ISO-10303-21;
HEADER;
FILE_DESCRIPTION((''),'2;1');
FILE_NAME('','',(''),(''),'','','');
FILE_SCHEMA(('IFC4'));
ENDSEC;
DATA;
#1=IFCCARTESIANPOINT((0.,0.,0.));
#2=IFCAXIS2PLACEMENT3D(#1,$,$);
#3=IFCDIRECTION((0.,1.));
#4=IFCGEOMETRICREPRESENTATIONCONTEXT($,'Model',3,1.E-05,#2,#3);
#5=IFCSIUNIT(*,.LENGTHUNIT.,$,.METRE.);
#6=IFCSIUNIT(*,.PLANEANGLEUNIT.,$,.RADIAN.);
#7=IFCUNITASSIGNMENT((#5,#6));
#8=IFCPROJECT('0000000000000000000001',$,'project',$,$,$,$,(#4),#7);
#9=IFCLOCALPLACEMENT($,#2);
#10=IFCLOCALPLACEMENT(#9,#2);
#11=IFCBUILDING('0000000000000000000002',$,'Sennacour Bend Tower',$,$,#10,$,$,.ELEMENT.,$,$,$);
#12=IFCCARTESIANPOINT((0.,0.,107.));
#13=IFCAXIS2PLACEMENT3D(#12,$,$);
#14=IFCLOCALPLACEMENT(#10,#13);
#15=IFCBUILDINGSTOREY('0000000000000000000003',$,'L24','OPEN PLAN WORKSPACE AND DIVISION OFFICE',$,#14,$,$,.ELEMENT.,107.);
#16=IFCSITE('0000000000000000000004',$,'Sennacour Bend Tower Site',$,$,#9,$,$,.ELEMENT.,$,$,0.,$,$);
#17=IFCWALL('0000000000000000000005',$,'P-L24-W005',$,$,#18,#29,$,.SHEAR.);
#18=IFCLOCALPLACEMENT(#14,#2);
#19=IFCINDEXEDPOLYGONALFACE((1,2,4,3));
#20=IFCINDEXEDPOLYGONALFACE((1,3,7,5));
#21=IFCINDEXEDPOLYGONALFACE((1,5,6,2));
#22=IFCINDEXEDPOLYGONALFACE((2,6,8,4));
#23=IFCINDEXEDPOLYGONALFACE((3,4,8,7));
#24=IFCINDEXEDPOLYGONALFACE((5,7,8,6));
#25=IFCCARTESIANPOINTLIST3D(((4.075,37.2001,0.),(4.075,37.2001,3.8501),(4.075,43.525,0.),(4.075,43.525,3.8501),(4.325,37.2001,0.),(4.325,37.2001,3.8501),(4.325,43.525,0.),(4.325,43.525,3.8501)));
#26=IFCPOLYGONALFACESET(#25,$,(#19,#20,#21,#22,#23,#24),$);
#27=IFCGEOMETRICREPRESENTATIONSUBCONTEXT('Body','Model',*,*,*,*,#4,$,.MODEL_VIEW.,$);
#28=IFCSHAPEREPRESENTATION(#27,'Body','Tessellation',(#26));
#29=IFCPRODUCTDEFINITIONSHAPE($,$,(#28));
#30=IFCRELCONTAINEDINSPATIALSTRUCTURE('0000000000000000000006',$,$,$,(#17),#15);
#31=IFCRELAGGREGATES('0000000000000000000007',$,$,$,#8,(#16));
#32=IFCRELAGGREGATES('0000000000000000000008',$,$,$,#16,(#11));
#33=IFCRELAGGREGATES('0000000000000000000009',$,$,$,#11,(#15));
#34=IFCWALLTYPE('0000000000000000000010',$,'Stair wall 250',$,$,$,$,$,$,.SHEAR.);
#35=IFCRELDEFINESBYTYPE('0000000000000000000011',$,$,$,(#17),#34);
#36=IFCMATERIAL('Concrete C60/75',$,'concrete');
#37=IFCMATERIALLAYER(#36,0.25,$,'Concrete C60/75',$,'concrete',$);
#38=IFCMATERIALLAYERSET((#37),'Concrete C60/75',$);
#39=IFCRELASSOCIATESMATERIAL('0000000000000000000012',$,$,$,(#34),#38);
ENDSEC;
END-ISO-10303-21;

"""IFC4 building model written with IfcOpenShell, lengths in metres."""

from ifc_helpers import new_model, si_unit, direction, frame, frame_2d, origin, place, context, subcontext, project, spatial, rectangle, extrude, material, layer, layer_set, type_object, element, save


model = new_model("IFC4")

# Units and contexts
model_context = context("Model", 3, precision=1e-05, world=origin(), true_north=direction((0.0, 1.0)))
body_context = subcontext(model_context, "Body", "Model", "MODEL_VIEW")
ifc_project = project(units=[si_unit("LENGTHUNIT", "METRE"), si_unit("PLANEANGLEUNIT", "RADIAN")], contexts=[model_context])

# Site, building, storey
site_placement = place(None, origin())
site = spatial("IfcSite", under=ifc_project, at=site_placement, Name="Sennacour Bend Tower Site", CompositionType="ELEMENT", RefElevation=0.0)
building_placement = place(site_placement, origin())
building = spatial("IfcBuilding", under=site, at=building_placement, Name="Sennacour Bend Tower", CompositionType="ELEMENT")
storey_placement = place(building_placement, frame((0.0, 0.0, 107.0)))
storey = spatial("IfcBuildingStorey", under=building, at=storey_placement, Name="L24", Description="OPEN PLAN WORKSPACE AND DIVISION OFFICE", CompositionType="ELEMENT", Elevation=107.0)

# Wall
ifc_material_1 = material(Name="Concrete C60/75", Category="concrete")
ifc_layer_1 = layer(ifc_material_1, 0.25, Name="Concrete C60/75", Category="concrete")
ifc_layer_set_1 = layer_set([ifc_layer_1], Name="Concrete C60/75")
wall_type_1 = type_object("IfcWallType", Name="Stair wall 250", PredefinedType="SHEAR", material=ifc_layer_set_1)
wall_1_placement = place(storey_placement, frame((4.2, 37.2, 0.0), z_axis=(0.0, 0.0, 1.0), x_axis=(0.0, 1.0, 0.0)))
element("IfcWall", 1, at=wall_1_placement, inside=storey, type_object=wall_type_1, Name="P-L24-W005", PredefinedType="SHEAR", context=body_context, shape_type="SweptSolid", body=[
    extrude(rectangle(XDim=6.325, YDim=0.25, at=frame_2d((3.1626, 0.0))), origin(), (0.0, 0.0, 1.0), 3.8501),
])

save(model, "model.ifc")
